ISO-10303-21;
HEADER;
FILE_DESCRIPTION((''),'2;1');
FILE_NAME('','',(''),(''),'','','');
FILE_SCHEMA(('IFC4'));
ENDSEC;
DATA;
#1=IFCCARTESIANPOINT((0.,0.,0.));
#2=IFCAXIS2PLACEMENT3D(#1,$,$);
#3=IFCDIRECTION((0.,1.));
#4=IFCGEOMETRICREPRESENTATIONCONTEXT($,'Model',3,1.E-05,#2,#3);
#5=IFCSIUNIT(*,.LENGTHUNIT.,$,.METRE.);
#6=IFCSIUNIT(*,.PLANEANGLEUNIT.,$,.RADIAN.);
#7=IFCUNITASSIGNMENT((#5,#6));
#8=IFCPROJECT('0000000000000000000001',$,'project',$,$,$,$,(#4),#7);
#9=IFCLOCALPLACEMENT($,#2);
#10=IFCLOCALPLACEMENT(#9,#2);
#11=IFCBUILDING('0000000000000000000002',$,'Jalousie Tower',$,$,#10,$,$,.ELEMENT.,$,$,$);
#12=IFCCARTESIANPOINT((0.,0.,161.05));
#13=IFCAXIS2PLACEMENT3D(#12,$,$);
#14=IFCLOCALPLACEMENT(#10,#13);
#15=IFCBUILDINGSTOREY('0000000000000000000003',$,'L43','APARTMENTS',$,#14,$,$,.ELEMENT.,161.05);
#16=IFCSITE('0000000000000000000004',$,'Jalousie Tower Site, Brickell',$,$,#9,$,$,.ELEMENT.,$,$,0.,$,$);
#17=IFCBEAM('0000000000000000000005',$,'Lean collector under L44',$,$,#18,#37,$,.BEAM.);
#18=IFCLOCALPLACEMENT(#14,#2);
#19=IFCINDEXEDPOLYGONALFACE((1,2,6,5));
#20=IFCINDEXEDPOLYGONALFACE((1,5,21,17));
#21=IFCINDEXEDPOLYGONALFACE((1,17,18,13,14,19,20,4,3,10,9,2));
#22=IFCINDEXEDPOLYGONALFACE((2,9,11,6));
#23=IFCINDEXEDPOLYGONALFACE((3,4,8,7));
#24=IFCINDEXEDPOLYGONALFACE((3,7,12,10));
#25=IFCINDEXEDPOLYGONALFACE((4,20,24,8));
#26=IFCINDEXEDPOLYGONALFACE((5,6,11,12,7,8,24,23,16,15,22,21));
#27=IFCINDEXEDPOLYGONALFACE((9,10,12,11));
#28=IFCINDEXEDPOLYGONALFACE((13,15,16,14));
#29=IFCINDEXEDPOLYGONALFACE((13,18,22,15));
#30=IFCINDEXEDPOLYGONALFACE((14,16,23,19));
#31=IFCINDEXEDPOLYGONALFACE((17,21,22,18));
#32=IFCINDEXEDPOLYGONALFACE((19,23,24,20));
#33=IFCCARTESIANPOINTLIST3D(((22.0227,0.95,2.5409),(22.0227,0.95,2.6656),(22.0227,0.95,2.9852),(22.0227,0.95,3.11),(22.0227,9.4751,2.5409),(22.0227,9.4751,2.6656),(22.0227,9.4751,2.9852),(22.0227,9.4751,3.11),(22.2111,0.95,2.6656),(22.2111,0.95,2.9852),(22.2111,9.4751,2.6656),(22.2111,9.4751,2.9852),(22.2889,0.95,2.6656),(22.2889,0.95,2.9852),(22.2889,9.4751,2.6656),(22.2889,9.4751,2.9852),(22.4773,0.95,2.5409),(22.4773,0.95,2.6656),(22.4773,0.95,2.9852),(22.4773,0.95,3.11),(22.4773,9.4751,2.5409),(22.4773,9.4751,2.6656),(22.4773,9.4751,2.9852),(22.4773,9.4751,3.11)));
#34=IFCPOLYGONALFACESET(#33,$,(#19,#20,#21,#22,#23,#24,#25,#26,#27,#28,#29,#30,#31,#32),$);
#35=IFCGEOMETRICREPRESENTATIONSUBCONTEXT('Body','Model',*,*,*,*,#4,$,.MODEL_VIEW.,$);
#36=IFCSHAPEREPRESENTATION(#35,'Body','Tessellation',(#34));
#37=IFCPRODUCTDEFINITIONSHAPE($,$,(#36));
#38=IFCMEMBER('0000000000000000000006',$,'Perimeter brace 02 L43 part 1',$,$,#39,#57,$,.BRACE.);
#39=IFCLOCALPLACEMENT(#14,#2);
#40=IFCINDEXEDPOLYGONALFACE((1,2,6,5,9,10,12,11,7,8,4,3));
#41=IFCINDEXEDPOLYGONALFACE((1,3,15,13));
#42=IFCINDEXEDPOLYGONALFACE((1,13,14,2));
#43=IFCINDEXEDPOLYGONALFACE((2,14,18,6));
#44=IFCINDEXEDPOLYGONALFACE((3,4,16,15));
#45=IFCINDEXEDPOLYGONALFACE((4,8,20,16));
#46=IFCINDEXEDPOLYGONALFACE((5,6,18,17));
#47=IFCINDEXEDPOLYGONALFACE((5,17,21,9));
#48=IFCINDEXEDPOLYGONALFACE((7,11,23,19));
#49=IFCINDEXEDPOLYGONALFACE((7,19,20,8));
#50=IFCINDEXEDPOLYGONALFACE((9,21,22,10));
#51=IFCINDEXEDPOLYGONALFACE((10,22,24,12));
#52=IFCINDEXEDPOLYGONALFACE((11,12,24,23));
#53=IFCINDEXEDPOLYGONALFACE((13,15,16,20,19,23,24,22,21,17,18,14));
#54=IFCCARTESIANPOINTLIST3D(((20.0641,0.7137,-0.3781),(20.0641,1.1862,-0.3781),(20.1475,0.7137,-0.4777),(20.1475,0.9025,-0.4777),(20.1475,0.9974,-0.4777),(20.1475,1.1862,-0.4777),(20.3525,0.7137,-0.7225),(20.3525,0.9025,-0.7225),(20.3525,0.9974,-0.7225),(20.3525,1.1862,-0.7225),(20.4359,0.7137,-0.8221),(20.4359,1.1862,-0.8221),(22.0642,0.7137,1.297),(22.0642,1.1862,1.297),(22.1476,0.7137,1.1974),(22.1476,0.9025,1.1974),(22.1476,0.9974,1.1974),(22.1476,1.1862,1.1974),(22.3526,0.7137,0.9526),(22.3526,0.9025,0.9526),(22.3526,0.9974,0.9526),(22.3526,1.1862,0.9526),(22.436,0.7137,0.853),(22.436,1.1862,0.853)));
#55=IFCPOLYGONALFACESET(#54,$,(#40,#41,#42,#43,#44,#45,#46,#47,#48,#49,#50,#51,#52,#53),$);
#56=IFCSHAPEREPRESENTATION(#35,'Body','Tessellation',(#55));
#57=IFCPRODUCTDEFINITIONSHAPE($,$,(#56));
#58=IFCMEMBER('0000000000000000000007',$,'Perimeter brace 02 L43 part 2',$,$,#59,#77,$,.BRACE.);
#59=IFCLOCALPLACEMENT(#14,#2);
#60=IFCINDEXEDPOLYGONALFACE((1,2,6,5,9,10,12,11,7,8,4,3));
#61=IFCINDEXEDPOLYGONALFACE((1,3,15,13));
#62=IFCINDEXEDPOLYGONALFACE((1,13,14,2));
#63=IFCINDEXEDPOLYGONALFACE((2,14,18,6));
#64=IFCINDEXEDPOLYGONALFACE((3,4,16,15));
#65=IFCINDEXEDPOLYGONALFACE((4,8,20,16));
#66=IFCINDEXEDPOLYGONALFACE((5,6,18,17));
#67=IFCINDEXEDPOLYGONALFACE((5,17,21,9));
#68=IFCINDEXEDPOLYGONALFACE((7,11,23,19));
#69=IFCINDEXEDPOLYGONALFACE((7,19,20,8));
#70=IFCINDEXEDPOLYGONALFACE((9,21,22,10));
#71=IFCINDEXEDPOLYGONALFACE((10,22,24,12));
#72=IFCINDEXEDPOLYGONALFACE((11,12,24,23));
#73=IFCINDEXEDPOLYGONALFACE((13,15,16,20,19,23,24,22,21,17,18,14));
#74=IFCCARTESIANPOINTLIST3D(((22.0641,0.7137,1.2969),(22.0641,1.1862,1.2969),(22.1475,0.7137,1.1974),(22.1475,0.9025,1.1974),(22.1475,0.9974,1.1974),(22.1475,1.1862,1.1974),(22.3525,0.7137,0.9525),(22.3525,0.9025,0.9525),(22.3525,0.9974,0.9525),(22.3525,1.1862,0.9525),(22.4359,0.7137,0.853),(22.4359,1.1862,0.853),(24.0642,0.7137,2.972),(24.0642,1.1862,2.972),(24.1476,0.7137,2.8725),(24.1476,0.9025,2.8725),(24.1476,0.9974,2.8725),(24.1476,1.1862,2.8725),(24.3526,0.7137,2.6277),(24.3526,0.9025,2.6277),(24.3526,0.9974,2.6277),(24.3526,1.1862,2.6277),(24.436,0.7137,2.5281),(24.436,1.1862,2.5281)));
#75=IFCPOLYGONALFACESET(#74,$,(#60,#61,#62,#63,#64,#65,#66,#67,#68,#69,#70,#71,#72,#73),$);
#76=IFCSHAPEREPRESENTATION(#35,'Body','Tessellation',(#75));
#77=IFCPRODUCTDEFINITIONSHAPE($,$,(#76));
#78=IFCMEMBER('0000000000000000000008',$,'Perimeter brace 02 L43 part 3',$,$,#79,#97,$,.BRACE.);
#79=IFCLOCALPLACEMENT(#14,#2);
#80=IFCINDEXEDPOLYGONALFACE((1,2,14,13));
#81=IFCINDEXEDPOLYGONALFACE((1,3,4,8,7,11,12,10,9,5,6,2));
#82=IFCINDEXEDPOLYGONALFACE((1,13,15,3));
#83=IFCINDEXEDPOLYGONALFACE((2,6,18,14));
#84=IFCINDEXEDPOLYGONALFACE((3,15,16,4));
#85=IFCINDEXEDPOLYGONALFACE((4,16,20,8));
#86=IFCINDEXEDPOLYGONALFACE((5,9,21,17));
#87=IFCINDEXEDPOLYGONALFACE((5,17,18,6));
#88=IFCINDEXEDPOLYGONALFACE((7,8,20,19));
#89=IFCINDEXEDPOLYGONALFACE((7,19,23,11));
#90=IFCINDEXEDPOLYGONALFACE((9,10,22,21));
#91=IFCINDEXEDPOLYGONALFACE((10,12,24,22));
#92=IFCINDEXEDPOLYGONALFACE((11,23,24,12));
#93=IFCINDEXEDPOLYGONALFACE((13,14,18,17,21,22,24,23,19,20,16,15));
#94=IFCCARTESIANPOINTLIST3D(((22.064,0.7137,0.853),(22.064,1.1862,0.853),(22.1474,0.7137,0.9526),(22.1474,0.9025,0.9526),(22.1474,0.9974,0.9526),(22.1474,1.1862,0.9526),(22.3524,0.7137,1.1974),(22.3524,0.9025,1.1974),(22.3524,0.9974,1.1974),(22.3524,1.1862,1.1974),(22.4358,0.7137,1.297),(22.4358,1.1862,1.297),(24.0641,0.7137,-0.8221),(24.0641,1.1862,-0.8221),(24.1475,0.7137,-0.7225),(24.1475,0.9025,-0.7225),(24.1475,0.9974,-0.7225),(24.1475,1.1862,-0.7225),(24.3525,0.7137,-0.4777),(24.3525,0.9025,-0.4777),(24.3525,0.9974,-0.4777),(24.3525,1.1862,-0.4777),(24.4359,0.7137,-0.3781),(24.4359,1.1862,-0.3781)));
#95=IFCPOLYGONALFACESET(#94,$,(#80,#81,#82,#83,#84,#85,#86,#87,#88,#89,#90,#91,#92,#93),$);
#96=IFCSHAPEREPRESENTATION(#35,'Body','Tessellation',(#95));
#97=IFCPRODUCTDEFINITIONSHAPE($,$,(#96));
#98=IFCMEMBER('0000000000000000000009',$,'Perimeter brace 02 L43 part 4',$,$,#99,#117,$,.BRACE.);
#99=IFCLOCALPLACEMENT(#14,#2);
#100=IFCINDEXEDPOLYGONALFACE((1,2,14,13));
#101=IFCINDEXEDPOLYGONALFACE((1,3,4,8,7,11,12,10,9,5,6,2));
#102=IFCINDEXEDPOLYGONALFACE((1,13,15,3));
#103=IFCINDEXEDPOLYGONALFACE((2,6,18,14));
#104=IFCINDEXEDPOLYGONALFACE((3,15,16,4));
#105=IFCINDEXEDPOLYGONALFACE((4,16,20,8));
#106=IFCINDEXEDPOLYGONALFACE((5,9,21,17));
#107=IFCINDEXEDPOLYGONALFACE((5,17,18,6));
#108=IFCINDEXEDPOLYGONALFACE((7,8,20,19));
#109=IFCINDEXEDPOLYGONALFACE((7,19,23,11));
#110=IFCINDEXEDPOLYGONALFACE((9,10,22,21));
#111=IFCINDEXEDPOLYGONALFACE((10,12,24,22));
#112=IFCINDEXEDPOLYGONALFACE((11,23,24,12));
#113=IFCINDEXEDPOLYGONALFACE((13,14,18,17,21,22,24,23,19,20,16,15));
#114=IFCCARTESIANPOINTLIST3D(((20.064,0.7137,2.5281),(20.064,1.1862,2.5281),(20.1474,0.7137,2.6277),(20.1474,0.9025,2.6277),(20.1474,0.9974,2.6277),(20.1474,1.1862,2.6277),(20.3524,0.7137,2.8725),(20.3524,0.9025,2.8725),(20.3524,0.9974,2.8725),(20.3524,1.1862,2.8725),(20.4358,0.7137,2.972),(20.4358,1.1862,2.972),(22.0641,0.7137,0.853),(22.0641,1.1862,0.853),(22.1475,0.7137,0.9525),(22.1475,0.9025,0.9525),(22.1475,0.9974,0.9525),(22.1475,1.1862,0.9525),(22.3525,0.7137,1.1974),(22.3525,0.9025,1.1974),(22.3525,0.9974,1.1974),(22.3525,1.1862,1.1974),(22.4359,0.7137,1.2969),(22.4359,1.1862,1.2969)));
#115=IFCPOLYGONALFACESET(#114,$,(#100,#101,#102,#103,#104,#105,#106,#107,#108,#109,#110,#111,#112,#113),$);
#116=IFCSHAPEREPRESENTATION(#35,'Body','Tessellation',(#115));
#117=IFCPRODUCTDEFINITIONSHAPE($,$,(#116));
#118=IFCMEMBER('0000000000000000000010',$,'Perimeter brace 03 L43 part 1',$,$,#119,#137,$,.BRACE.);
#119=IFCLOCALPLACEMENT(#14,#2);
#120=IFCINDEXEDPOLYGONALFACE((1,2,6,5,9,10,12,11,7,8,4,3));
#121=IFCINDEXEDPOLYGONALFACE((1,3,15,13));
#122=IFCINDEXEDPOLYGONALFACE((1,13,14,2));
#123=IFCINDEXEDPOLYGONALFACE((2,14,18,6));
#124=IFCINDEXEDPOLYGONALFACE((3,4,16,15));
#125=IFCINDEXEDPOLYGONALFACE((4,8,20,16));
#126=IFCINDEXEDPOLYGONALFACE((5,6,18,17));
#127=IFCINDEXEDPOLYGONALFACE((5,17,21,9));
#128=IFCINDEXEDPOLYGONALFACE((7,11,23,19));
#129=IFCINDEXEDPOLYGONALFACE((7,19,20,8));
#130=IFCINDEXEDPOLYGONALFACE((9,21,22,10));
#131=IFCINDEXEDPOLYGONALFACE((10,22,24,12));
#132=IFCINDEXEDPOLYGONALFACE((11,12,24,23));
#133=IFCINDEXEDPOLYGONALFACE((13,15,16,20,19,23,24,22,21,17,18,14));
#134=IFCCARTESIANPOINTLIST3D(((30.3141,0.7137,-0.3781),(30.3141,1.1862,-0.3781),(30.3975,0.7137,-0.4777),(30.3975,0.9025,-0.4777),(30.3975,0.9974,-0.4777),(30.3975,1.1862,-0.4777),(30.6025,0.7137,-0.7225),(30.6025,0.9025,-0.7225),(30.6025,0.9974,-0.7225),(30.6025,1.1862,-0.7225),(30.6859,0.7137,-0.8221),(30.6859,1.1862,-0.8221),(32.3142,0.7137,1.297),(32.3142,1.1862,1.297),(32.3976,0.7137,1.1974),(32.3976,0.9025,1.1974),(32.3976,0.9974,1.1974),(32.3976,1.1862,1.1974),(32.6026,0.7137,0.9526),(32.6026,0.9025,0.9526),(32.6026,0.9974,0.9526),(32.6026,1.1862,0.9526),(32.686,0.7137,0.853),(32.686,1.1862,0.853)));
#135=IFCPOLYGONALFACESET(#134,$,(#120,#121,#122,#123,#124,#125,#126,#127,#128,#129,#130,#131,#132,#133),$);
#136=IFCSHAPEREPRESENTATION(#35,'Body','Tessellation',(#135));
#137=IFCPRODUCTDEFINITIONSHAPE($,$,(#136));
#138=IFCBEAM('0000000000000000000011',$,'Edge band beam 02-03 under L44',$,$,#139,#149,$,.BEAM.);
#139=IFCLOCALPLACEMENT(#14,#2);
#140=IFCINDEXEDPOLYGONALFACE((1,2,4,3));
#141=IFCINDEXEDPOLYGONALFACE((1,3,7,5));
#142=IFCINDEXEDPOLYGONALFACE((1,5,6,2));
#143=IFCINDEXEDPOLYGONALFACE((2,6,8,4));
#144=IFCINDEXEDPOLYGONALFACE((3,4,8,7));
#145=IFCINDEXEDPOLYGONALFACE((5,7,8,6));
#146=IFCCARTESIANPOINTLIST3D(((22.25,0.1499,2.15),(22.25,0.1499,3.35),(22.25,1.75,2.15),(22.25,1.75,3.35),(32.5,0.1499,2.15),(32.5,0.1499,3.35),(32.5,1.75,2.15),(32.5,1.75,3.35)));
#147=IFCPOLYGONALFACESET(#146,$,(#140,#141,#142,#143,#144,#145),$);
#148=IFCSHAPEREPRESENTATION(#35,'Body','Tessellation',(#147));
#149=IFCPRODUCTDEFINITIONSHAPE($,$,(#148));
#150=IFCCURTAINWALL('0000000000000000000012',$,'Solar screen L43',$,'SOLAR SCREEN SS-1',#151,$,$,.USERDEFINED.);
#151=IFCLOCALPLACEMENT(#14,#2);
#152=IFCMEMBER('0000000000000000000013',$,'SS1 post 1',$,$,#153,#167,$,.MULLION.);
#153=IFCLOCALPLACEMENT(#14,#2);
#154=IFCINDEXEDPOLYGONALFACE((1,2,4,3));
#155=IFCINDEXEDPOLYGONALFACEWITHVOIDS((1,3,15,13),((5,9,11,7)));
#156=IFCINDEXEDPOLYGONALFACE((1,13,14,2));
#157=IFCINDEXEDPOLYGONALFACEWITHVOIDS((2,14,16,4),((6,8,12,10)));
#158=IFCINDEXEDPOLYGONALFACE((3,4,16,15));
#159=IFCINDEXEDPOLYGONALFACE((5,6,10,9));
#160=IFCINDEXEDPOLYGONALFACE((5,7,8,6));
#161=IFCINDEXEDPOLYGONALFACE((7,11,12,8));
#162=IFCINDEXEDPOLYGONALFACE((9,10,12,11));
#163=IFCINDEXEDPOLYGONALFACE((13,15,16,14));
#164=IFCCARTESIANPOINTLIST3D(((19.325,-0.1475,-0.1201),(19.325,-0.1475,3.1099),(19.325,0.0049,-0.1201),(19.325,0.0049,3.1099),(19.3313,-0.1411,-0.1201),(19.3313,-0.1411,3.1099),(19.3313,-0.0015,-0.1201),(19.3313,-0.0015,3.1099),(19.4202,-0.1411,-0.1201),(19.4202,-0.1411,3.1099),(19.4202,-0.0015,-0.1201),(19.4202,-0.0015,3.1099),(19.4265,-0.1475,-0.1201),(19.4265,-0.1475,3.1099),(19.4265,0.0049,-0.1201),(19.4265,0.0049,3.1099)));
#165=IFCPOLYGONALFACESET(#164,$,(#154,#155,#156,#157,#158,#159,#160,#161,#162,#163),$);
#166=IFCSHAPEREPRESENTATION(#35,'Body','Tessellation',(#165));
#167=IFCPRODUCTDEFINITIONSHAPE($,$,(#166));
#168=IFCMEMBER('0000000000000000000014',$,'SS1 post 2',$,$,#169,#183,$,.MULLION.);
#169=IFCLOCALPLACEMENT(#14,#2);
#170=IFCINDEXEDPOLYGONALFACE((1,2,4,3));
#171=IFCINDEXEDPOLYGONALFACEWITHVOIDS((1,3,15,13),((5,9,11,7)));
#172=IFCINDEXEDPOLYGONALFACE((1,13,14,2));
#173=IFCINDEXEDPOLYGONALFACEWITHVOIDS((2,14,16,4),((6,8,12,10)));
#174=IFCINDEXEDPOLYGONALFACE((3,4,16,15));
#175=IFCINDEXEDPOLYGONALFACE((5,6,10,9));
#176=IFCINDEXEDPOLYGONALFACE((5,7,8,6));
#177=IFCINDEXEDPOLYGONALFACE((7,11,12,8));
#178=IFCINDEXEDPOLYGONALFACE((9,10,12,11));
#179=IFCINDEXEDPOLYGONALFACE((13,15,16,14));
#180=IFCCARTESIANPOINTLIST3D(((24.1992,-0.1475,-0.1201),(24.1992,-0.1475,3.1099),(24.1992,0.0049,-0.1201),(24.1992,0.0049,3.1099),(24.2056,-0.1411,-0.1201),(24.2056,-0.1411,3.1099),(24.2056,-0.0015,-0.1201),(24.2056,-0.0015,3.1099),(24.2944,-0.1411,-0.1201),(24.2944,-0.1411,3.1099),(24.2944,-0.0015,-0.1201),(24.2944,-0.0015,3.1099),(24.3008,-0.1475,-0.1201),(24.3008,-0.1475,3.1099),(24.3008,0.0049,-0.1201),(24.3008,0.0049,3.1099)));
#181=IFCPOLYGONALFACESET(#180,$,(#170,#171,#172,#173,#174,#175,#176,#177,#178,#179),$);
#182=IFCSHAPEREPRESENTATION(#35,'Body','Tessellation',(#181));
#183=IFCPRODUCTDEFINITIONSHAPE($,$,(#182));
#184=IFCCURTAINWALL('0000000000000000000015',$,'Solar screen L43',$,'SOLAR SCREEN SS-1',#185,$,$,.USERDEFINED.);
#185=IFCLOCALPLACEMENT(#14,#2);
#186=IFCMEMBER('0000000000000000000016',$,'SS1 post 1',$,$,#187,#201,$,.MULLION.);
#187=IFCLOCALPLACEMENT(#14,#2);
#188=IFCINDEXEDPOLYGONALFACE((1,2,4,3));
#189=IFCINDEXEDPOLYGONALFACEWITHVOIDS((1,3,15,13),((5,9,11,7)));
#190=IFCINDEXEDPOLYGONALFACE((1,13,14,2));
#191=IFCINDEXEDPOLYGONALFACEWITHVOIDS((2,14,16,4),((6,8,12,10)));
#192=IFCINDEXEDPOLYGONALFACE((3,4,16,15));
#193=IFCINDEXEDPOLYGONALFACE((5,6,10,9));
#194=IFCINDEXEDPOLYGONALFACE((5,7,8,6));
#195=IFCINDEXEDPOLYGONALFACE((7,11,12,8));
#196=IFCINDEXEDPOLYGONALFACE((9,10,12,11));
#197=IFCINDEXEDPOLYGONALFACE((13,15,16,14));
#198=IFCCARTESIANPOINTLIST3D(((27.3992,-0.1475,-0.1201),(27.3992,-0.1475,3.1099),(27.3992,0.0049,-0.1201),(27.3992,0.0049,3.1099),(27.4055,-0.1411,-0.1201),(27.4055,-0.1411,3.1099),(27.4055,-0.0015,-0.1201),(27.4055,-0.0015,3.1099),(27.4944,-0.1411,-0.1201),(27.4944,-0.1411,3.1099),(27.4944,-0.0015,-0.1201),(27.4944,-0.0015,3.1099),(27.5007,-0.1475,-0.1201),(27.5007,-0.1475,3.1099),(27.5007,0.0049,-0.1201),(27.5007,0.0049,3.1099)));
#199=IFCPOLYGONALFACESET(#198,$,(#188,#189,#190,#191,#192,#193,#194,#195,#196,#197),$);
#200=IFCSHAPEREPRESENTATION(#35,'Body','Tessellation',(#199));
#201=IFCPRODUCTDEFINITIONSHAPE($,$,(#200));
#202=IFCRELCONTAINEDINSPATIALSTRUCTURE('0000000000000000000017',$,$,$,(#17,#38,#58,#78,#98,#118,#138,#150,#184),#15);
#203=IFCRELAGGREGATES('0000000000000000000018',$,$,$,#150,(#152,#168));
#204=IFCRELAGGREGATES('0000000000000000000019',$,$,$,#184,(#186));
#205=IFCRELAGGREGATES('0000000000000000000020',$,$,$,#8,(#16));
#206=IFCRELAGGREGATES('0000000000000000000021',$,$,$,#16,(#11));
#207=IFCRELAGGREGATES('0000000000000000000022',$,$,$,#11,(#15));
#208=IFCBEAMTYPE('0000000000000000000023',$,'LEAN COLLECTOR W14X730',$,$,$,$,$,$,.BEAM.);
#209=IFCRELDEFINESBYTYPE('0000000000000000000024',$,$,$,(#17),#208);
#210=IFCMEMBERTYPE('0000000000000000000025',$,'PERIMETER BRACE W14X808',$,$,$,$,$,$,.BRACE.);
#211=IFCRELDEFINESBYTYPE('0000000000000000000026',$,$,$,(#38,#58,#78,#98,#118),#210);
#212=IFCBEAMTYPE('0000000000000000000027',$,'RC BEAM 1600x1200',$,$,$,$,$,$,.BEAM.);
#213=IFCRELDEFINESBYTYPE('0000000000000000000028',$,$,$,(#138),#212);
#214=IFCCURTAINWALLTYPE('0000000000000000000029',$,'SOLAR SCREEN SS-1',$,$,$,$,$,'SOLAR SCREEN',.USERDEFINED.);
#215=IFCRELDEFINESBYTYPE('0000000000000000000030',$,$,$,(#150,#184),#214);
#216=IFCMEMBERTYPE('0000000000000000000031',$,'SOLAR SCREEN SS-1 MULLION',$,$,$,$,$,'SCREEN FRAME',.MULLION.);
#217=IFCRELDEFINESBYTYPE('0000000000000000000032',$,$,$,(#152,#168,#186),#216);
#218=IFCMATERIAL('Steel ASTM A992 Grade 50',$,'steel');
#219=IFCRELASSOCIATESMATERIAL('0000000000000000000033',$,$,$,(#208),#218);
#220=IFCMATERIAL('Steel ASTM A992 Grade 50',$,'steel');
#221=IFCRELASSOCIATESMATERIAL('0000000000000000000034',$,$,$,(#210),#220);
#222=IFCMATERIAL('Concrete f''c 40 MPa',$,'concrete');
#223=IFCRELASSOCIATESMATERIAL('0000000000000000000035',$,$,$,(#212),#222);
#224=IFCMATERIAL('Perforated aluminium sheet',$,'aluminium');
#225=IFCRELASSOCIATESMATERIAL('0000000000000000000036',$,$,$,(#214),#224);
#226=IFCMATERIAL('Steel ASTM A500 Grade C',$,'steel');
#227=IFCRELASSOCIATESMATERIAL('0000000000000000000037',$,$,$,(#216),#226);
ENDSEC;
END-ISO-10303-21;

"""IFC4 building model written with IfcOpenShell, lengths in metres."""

from ifc_helpers import new_model, si_unit, direction, frame, origin, origin_2d, place, context, subcontext, project, spatial, rectangle, hollow_rectangle, i_section, extrude, material, material_profile, profile_set, type_object, element, aggregate, save


model = new_model("IFC4")

# Units and contexts
model_context = context("Model", 3, precision=1e-05, world=origin(), true_north=direction((0.0, 1.0)))
body_context = subcontext(model_context, "Body", "Model", "MODEL_VIEW")
ifc_project = project(units=[si_unit("LENGTHUNIT", "METRE"), si_unit("PLANEANGLEUNIT", "RADIAN")], contexts=[model_context])

# Site, building, storey
site_placement = place(None, origin())
site = spatial("IfcSite", under=ifc_project, at=site_placement, Name="Jalousie Tower Site, Brickell", CompositionType="ELEMENT", RefElevation=0.0)
building_placement = place(site_placement, origin())
building = spatial("IfcBuilding", under=site, at=building_placement, Name="Jalousie Tower", CompositionType="ELEMENT")
storey_placement = place(building_placement, frame((0.0, 0.0, 161.05)))
storey = spatial("IfcBuildingStorey", under=building, at=storey_placement, Name="L43", Description="APARTMENTS", CompositionType="ELEMENT", Elevation=161.05)

# Beam
ifc_material_1 = material(Name="Steel ASTM A992 Grade 50", Category="steel")
ifc_material_profile_1 = material_profile(ifc_material_1, i_section(OverallWidth=0.4546, OverallDepth=0.5691, WebThickness=0.0779, FlangeThickness=0.1248, at=origin_2d()), Name="W14X730")
ifc_profile_set_1 = profile_set([ifc_material_profile_1], Name="Steel ASTM A992 Grade 50")
beam_type_1 = type_object("IfcBeamType", Name="LEAN COLLECTOR W14X730", PredefinedType="BEAM", material=ifc_profile_set_1)
beam_1_placement = place(storey_placement, frame((22.25, 0.95, 2.8254), z_axis=(0.0, 1.0, 0.0), x_axis=(-1.0, 0.0, 0.0)))
element("IfcBeam", 1, at=beam_1_placement, inside=storey, type_object=beam_type_1, Name="Lean collector under L44", PredefinedType="BEAM", context=body_context, shape_type="SweptSolid", body=[
    extrude(i_section(OverallWidth=0.4546, OverallDepth=0.5691, WebThickness=0.0779, FlangeThickness=0.1248, at=origin_2d()), origin(), (0.0, 0.0, 1.0), 8.5251),
])

# Members
ifc_material_2 = material(Name="Steel ASTM A992 Grade 50", Category="steel")
ifc_material_profile_2 = material_profile(ifc_material_2, i_section(OverallWidth=0.4724, OverallDepth=0.5791, WebThickness=0.095, FlangeThickness=0.1299, at=origin_2d()), Name="W14X808")
ifc_profile_set_2 = profile_set([ifc_material_profile_2], Name="Steel ASTM A992 Grade 50")
member_type_1 = type_object("IfcMemberType", Name="PERIMETER BRACE W14X808", PredefinedType="BRACE", material=ifc_profile_set_2)
for number, where, z_axis, x_axis, name in (
    (2, (20.25, 0.95, -0.6001), (0.766639, 0.0, 0.642079), (0.0, 1.0, 0.0), "Perimeter brace 02 L43 part 1"),
    (3, (22.25, 0.95, 1.075), (0.766639, 0.0, 0.642079), (0.0, 1.0, 0.0), "Perimeter brace 02 L43 part 2"),
    (4, (24.25, 0.95, -0.6001), (-0.766639, 0.0, 0.642079), (0.0, -1.0, 0.0), "Perimeter brace 02 L43 part 3"),
    (5, (22.25, 0.95, 1.075), (-0.766639, 0.0, 0.642079), (0.0, -1.0, 0.0), "Perimeter brace 02 L43 part 4"),
    (6, (30.5, 0.95, -0.6001), (0.766639, 0.0, 0.642079), (0.0, 1.0, 0.0), "Perimeter brace 03 L43 part 1"),
):
    element("IfcMember", number, at=place(storey_placement, frame(where, z_axis=z_axis, x_axis=x_axis)), inside=storey, type_object=member_type_1, Name=name, PredefinedType="BRACE", context=body_context, shape_type="SweptSolid", body=[
        extrude(i_section(OverallWidth=0.4724, OverallDepth=0.5791, WebThickness=0.095, FlangeThickness=0.1299, at=origin_2d()), origin(), (0.0, 0.0, 1.0), 2.6089),
    ])

# Beam
ifc_material_3 = material(Name="Concrete f'c 40 MPa", Category="concrete")
ifc_material_profile_3 = material_profile(ifc_material_3, rectangle(XDim=1.6001, YDim=1.2, at=origin_2d()), Name="RC 1600x1200")
ifc_profile_set_3 = profile_set([ifc_material_profile_3], Name="Concrete f'c 40 MPa")
beam_type_2 = type_object("IfcBeamType", Name="RC BEAM 1600x1200", PredefinedType="BEAM", material=ifc_profile_set_3)
beam_2_placement = place(storey_placement, frame((22.25, 0.95, 2.75), z_axis=(1.0, 0.0, 0.0), x_axis=(0.0, 1.0, 0.0)))
element("IfcBeam", 7, at=beam_2_placement, inside=storey, type_object=beam_type_2, Name="Edge band beam 02-03 under L44", PredefinedType="BEAM", context=body_context, shape_type="SweptSolid", body=[
    extrude(rectangle(XDim=1.6001, YDim=1.2, at=origin_2d()), origin(), (0.0, 0.0, 1.0), 10.25),
])

# Curtain walls, members
ifc_material_4 = material(Name="Perforated aluminium sheet", Category="aluminium")
curtain_wall_type = type_object("IfcCurtainWallType", Name="SOLAR SCREEN SS-1", ElementType="SOLAR SCREEN", PredefinedType="USERDEFINED", material=ifc_material_4)
curtain_wall_1_placement = place(storey_placement, origin())
curtain_wall_1 = element("IfcCurtainWall", 8, at=curtain_wall_1_placement, inside=storey, type_object=curtain_wall_type, Name="Solar screen L43", ObjectType="SOLAR SCREEN SS-1", PredefinedType="USERDEFINED")
ifc_material_5 = material(Name="Steel ASTM A500 Grade C", Category="steel")
ifc_material_profile_4 = material_profile(ifc_material_5, hollow_rectangle(XDim=0.1016, YDim=0.1523, WallThickness=0.0063, at=origin_2d()), Name="HSS6X4X1/4")
ifc_profile_set_4 = profile_set([ifc_material_profile_4], Name="Steel ASTM A500 Grade C")
member_type_2 = type_object("IfcMemberType", Name="SOLAR SCREEN SS-1 MULLION", ElementType="SCREEN FRAME", PredefinedType="MULLION", material=ifc_profile_set_4)
member_1_placement = place(storey_placement, frame((19.3757, -0.0713, -0.1201), z_axis=(0.0, 0.0, 1.0), x_axis=(1.0, 0.0, 0.0)))
member_1 = element("IfcMember", 9, at=member_1_placement, type_object=member_type_2, Name="SS1 post 1", PredefinedType="MULLION", context=body_context, shape_type="SweptSolid", body=[
    extrude(hollow_rectangle(XDim=0.1016, YDim=0.1523, WallThickness=0.0063, at=origin_2d()), origin(), (0.0, 0.0, 1.0), 3.23),
])
member_2_placement = place(storey_placement, frame((24.25, -0.0713, -0.1201), z_axis=(0.0, 0.0, 1.0), x_axis=(1.0, 0.0, 0.0)))
member_2 = element("IfcMember", 10, at=member_2_placement, type_object=member_type_2, Name="SS1 post 2", PredefinedType="MULLION", context=body_context, shape_type="SweptSolid", body=[
    extrude(hollow_rectangle(XDim=0.1016, YDim=0.1523, WallThickness=0.0063, at=origin_2d()), origin(), (0.0, 0.0, 1.0), 3.23),
])
curtain_wall_2_placement = place(storey_placement, origin())
curtain_wall_2 = element("IfcCurtainWall", 11, at=curtain_wall_2_placement, inside=storey, type_object=curtain_wall_type, Name="Solar screen L43", ObjectType="SOLAR SCREEN SS-1", PredefinedType="USERDEFINED")
member_3_placement = place(storey_placement, frame((27.45, -0.0713, -0.1201), z_axis=(0.0, 0.0, 1.0), x_axis=(1.0, 0.0, 0.0)))
member_3 = element("IfcMember", 12, at=member_3_placement, type_object=member_type_2, Name="SS1 post 1", PredefinedType="MULLION", context=body_context, shape_type="SweptSolid", body=[
    extrude(hollow_rectangle(XDim=0.1016, YDim=0.1523, WallThickness=0.0063, at=origin_2d()), origin(), (0.0, 0.0, 1.0), 3.23),
])

aggregate(curtain_wall_1, [member_1, member_2])
aggregate(curtain_wall_2, [member_3])

save(model, "model.ifc")
